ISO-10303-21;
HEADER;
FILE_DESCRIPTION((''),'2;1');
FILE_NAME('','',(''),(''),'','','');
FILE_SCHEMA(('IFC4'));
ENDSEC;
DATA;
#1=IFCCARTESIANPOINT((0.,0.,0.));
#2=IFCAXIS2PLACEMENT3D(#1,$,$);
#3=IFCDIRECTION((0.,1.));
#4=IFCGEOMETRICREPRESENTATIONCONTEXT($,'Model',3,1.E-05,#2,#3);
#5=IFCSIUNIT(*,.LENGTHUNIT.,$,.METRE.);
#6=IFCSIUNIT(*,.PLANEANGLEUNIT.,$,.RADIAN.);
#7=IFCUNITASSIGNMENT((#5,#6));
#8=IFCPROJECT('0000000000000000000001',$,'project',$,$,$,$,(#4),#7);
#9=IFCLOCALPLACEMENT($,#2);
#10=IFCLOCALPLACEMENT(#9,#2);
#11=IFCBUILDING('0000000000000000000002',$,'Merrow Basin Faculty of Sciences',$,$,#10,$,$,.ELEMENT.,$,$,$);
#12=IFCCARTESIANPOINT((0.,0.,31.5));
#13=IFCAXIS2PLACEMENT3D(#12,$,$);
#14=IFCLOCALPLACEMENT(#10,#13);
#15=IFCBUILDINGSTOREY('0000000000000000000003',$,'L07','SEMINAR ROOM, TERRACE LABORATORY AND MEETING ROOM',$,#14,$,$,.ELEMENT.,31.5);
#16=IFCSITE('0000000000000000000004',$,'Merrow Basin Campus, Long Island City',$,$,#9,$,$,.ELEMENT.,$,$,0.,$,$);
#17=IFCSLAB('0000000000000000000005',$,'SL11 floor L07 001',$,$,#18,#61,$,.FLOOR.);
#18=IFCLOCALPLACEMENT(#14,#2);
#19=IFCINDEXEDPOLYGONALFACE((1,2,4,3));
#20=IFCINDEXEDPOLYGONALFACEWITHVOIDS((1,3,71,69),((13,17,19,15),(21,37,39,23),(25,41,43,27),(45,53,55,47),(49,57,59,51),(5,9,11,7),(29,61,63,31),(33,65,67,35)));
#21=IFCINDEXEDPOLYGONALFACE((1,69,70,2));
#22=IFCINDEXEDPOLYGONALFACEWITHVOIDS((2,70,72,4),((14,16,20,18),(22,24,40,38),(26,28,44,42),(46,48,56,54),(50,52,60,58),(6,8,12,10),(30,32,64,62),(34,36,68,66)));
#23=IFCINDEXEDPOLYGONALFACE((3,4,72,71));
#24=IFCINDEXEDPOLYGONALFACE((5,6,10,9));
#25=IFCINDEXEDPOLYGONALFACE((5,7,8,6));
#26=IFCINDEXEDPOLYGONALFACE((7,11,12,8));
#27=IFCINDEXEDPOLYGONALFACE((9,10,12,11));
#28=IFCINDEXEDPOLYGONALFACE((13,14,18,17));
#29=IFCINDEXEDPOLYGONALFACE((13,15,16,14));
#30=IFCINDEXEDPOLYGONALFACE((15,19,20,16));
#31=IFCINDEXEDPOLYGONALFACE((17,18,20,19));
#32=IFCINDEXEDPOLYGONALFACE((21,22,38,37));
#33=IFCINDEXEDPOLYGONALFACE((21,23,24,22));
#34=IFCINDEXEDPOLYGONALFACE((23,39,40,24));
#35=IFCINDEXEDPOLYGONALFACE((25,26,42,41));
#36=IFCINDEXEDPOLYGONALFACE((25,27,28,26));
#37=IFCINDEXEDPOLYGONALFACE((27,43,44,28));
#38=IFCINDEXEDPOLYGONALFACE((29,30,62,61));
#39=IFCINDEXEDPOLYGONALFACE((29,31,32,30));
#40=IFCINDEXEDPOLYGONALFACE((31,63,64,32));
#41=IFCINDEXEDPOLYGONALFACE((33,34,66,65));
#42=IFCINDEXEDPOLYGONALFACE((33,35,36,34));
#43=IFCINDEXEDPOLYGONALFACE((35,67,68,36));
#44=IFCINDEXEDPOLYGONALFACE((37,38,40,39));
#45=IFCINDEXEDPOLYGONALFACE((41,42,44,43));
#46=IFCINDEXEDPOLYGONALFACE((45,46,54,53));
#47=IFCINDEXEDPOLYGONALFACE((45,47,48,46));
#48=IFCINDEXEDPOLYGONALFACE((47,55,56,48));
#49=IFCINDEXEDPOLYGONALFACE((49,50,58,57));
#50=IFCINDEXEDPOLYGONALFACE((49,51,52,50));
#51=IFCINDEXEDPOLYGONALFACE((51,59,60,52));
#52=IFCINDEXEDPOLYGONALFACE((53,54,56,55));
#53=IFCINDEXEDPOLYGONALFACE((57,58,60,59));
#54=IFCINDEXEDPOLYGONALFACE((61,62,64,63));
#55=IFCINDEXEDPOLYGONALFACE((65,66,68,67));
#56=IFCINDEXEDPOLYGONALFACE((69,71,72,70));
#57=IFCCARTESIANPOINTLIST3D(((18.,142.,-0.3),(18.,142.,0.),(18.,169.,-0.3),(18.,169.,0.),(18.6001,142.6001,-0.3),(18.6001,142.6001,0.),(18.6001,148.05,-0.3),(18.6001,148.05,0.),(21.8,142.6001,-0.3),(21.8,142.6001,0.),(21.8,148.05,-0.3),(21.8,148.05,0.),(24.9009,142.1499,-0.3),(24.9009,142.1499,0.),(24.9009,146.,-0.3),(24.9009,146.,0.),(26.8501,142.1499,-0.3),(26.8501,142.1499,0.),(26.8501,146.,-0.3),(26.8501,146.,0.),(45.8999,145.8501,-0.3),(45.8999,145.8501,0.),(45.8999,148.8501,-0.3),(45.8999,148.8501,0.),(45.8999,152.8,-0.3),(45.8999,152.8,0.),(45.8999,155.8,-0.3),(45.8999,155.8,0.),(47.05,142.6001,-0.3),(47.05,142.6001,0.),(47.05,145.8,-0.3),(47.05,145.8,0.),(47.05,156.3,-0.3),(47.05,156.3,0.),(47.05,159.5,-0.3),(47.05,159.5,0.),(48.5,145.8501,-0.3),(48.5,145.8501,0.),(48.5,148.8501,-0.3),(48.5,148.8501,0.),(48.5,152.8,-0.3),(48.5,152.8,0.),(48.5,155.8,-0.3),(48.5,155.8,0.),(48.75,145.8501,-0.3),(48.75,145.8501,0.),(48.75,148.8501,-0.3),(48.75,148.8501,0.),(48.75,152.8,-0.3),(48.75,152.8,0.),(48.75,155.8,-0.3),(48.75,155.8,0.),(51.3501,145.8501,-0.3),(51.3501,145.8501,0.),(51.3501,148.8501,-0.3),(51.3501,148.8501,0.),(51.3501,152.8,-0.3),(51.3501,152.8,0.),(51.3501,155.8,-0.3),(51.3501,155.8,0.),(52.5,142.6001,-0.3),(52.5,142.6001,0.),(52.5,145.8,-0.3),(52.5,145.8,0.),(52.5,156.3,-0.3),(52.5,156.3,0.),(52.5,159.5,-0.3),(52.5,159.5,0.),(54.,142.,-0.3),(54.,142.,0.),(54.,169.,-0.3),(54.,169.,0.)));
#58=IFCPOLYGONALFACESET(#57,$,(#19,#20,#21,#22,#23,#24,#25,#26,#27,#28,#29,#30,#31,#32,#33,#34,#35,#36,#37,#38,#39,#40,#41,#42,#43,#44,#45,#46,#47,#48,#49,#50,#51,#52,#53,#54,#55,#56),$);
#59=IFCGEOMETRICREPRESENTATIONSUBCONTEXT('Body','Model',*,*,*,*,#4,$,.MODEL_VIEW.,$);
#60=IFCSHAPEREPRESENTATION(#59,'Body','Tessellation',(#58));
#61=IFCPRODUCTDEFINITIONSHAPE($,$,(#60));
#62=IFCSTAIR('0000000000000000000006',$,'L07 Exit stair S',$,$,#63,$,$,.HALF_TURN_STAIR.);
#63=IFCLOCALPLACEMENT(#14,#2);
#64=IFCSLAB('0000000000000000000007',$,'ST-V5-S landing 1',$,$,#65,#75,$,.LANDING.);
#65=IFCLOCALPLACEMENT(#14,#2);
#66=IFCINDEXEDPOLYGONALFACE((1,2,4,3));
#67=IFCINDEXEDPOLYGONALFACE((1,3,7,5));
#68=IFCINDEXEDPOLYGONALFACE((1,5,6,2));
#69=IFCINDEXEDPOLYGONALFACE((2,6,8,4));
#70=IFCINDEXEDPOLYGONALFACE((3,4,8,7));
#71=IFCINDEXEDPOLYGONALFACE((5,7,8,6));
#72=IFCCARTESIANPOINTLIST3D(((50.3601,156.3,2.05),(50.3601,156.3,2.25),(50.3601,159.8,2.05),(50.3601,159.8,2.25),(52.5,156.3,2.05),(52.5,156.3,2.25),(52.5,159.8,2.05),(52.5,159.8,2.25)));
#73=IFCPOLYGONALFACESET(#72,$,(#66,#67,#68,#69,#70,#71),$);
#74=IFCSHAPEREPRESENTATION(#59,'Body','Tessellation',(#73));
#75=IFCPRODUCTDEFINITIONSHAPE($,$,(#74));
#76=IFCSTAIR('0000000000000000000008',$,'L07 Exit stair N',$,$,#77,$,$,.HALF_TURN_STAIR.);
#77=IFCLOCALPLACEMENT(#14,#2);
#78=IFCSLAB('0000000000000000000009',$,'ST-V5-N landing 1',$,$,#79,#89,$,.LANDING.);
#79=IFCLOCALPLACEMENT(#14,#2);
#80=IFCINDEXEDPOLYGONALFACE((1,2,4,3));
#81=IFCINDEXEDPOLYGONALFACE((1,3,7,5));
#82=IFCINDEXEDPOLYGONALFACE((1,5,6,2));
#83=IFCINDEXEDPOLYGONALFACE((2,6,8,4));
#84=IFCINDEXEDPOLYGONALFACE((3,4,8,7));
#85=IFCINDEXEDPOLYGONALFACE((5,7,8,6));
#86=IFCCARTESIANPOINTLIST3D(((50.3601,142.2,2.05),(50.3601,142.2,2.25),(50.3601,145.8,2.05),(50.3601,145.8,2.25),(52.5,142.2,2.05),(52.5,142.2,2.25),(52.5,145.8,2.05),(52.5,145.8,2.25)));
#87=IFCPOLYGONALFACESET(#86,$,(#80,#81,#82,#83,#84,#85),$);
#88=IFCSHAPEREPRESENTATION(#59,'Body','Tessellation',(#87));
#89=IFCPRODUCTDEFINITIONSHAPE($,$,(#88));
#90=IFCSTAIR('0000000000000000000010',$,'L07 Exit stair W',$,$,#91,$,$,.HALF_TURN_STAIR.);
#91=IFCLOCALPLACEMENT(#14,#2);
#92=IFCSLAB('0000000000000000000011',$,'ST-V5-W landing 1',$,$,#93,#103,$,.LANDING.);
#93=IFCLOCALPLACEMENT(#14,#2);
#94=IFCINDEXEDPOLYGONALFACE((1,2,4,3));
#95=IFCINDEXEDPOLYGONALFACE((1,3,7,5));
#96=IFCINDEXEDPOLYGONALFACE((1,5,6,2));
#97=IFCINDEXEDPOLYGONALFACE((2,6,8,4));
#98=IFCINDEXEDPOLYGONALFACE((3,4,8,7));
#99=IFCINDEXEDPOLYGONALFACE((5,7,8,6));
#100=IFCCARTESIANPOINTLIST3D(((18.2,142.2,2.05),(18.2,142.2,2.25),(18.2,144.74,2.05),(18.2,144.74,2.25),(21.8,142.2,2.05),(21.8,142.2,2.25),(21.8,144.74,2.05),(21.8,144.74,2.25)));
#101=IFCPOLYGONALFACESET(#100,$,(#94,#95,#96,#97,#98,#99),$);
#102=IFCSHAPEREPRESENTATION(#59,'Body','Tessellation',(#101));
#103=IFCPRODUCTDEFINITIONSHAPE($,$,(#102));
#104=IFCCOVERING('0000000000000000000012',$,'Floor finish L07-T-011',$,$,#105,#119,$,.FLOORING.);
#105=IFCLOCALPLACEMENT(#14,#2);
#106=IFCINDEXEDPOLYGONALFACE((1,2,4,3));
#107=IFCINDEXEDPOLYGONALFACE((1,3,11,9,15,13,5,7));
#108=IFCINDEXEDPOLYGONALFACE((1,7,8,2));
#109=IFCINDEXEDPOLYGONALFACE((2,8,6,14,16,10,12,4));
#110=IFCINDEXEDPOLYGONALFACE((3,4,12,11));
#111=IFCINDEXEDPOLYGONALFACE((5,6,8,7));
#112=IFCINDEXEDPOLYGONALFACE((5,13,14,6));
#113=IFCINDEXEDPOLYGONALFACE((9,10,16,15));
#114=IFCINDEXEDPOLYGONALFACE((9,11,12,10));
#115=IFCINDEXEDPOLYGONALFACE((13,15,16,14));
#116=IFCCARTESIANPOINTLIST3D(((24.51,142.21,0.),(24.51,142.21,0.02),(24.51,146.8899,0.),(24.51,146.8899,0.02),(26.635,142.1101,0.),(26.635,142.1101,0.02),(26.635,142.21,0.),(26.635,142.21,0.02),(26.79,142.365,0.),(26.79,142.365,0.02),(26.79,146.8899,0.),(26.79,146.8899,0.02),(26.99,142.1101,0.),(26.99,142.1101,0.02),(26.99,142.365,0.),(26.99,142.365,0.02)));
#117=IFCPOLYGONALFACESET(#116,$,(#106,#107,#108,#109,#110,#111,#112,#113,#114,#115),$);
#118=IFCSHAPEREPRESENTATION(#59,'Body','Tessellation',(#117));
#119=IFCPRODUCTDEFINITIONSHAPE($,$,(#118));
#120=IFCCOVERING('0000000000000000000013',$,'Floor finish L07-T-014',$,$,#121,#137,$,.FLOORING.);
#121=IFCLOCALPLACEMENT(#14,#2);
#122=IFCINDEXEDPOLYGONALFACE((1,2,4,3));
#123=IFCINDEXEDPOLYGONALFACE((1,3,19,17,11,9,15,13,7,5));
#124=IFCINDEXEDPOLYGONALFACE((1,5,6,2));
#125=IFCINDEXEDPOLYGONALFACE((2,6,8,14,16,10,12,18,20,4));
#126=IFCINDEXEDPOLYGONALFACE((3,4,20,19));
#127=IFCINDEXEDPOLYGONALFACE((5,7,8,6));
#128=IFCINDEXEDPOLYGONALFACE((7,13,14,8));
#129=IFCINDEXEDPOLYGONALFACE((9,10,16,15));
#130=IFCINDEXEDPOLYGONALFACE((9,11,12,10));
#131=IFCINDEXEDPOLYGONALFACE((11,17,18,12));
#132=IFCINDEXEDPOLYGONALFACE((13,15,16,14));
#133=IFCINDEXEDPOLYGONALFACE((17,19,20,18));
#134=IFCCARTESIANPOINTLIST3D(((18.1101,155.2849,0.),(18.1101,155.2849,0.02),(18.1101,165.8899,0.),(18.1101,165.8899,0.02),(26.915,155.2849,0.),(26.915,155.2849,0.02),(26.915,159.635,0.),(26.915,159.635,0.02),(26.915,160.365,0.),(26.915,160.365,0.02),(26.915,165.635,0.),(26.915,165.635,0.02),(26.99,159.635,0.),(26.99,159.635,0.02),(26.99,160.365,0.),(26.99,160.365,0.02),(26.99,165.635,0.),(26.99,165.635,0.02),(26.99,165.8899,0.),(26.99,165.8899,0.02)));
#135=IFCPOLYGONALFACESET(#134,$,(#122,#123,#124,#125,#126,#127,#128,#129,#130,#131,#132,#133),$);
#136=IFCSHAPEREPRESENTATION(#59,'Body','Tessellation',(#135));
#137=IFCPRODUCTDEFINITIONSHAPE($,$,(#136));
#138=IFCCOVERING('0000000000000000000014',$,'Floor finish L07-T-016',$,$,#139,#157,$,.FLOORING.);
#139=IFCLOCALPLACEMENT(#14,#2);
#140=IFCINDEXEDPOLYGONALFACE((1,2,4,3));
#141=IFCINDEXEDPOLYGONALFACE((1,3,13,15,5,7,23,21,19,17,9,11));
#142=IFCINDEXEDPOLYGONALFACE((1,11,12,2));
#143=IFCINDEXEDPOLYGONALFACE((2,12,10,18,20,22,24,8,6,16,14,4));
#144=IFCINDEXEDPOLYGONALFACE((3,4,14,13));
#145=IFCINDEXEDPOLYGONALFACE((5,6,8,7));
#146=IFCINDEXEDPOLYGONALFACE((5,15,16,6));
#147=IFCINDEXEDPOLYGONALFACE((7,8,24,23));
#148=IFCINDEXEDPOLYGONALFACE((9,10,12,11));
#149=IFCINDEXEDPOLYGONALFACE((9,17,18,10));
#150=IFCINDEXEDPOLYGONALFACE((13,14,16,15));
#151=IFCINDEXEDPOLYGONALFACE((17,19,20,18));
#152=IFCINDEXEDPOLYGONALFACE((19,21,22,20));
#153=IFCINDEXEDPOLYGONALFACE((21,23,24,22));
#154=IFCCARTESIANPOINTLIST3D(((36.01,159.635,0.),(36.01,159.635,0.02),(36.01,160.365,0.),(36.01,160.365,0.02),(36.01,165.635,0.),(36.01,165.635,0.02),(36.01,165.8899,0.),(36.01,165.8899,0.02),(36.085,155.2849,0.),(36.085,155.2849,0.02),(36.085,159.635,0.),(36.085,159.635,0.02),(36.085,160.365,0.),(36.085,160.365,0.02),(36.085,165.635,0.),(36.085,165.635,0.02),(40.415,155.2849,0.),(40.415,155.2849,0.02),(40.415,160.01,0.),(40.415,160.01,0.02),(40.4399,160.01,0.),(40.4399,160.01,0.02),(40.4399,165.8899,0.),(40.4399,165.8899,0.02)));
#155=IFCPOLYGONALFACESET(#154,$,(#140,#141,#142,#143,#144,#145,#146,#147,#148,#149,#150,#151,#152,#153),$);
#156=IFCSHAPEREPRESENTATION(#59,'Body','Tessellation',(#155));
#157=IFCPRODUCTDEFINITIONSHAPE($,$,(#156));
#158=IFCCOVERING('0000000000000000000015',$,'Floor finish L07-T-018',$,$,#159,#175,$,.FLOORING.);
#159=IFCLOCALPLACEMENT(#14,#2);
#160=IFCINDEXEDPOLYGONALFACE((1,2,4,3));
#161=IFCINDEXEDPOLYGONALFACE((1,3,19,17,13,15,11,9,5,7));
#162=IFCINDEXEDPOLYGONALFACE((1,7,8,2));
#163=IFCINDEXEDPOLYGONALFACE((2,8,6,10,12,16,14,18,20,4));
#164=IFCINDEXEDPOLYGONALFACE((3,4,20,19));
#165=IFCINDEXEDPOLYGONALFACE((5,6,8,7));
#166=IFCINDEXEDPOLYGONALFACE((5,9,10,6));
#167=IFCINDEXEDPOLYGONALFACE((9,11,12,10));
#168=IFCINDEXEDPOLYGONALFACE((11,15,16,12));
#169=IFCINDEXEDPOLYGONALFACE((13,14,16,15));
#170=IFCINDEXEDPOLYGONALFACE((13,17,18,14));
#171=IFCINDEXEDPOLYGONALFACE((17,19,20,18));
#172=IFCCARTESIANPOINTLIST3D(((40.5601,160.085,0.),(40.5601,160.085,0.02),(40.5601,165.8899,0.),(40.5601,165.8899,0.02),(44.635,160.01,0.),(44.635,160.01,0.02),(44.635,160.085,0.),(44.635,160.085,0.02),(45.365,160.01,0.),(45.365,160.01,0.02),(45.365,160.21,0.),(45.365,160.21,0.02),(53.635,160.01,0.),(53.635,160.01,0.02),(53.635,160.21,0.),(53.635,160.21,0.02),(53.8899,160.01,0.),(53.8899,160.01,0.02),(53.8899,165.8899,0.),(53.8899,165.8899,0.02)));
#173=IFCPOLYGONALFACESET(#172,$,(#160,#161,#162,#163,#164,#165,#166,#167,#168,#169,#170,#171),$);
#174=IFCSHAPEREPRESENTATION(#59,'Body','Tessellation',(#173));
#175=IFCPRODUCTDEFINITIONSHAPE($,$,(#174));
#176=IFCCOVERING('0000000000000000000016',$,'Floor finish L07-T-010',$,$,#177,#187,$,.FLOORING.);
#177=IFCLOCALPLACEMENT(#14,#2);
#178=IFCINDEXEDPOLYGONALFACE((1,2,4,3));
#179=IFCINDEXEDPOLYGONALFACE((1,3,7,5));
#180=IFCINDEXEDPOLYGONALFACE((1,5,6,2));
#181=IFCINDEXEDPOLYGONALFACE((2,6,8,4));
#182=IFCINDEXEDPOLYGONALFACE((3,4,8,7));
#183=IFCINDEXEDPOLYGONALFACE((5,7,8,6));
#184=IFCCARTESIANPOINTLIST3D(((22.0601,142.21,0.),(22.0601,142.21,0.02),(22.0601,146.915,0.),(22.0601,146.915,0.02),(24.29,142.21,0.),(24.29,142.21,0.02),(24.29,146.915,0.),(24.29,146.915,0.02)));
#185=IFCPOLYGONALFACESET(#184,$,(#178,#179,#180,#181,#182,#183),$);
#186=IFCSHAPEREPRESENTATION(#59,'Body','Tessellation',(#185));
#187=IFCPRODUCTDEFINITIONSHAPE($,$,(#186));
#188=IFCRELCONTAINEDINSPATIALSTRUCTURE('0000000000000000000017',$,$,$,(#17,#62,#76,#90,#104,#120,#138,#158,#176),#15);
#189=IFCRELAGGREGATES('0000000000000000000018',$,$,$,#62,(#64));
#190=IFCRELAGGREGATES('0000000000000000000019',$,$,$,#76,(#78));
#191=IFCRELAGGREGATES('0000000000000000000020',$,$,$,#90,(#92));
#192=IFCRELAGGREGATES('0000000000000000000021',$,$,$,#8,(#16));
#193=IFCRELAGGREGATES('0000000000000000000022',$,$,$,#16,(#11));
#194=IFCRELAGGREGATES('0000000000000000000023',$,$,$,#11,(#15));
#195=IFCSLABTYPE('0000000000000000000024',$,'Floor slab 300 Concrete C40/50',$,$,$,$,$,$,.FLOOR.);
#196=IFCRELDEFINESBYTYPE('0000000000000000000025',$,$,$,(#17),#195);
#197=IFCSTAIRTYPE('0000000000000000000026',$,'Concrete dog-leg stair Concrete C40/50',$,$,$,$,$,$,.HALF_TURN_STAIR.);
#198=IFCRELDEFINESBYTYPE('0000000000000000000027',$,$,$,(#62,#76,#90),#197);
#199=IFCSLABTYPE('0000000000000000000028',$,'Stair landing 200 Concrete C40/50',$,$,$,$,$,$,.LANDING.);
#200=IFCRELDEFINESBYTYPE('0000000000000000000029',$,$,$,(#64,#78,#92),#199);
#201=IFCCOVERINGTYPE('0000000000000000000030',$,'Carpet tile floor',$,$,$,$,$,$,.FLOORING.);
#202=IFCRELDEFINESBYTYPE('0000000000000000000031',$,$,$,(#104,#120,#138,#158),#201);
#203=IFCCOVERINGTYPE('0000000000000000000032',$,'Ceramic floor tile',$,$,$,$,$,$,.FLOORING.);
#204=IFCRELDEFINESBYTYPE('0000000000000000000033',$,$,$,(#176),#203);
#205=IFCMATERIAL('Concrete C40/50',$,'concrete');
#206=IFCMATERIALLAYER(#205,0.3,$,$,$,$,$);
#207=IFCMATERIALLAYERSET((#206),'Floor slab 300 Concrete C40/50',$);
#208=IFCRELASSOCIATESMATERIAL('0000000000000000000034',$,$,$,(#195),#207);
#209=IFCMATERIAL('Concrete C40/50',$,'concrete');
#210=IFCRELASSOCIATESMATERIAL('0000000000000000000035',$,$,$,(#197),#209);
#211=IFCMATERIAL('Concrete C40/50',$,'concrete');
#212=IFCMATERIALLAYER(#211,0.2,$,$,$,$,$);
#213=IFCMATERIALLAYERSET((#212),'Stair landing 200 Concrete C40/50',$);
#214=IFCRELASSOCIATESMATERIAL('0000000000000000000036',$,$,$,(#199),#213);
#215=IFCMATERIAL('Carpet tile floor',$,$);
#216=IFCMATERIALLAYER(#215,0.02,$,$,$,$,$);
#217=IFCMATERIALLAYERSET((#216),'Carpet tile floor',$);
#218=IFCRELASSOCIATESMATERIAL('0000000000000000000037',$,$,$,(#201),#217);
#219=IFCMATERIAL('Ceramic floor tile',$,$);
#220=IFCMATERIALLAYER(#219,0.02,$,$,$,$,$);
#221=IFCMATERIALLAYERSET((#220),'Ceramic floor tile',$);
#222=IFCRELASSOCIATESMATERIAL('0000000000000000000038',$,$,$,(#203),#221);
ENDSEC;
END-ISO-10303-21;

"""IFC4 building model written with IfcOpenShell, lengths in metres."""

from ifc_helpers import new_model, si_unit, direction, frame, origin, place, context, subcontext, project, spatial, polyline, outline, extrude, material, layer, layer_set, type_object, element, aggregate, save


model = new_model("IFC4")

# Units and contexts
model_context = context("Model", 3, precision=1e-05, world=origin(), true_north=direction((0.0, 1.0)))
body_context = subcontext(model_context, "Body", "Model", "MODEL_VIEW")
ifc_project = project(units=[si_unit("LENGTHUNIT", "METRE"), si_unit("PLANEANGLEUNIT", "RADIAN")], contexts=[model_context])

# Site, building, storey
site_placement = place(None, origin())
site = spatial("IfcSite", under=ifc_project, at=site_placement, Name="Merrow Basin Campus, Long Island City", CompositionType="ELEMENT", RefElevation=0.0)
building_placement = place(site_placement, origin())
building = spatial("IfcBuilding", under=site, at=building_placement, Name="Merrow Basin Faculty of Sciences", CompositionType="ELEMENT")
storey_placement = place(building_placement, frame((0.0, 0.0, 31.5)))
storey = spatial("IfcBuildingStorey", under=building, at=storey_placement, Name="L07", Description="SEMINAR ROOM, TERRACE LABORATORY AND MEETING ROOM", CompositionType="ELEMENT", Elevation=31.5)

# Slab
ifc_material_1 = material(Name="Concrete C40/50", Category="concrete")
ifc_layer_1 = layer(ifc_material_1, 0.3)
ifc_layer_set_1 = layer_set([ifc_layer_1], Name="Floor slab 300 Concrete C40/50")
slab_type_1 = type_object("IfcSlabType", Name="Floor slab 300 Concrete C40/50", PredefinedType="FLOOR", material=ifc_layer_set_1)
slab_1_placement = place(storey_placement, frame((0.0, 0.0, -0.3)))
element("IfcSlab", 1, at=slab_1_placement, inside=storey, type_object=slab_type_1, Name="SL11 floor L07 001", PredefinedType="FLOOR", context=body_context, shape_type="SweptSolid", body=[
    extrude(outline(polyline([(18.0, 169.0), (54.0, 169.0), (54.0, 142.0), (18.0, 142.0), (18.0, 169.0)]), holes=[polyline([(47.05, 142.6001), (52.5, 142.6001), (52.5, 145.8), (47.05, 145.8), (47.05, 142.6001)]), polyline([(47.05, 156.3), (52.5, 156.3), (52.5, 159.5), (47.05, 159.5), (47.05, 156.3)]), polyline([(48.75, 145.8501), (51.3501, 145.8501), (51.3501, 148.8501), (48.75, 148.8501), (48.75, 145.8501)]), polyline([(48.75, 152.8), (51.3501, 152.8), (51.3501, 155.8), (48.75, 155.8), (48.75, 152.8)]), polyline([(45.8999, 145.8501), (48.5, 145.8501), (48.5, 148.8501), (45.8999, 148.8501), (45.8999, 145.8501)]), polyline([(45.8999, 152.8), (48.5, 152.8), (48.5, 155.8), (45.8999, 155.8), (45.8999, 152.8)]), polyline([(24.9009, 142.1499), (26.8501, 142.1499), (26.8501, 146.0), (24.9009, 146.0), (24.9009, 142.1499)]), polyline([(18.6001, 142.6001), (21.8, 142.6001), (21.8, 148.05), (18.6001, 148.05), (18.6001, 142.6001)])]), origin(), (0.0, 0.0, 1.0), 0.3),
])

# Stairs, slabs
ifc_material_2 = material(Name="Concrete C40/50", Category="concrete")
stair_type = type_object("IfcStairType", Name="Concrete dog-leg stair Concrete C40/50", PredefinedType="HALF_TURN_STAIR", material=ifc_material_2)
stair_1_placement = place(storey_placement, origin())
stair_1 = element("IfcStair", 2, at=stair_1_placement, inside=storey, type_object=stair_type, Name="L07 Exit stair S", PredefinedType="HALF_TURN_STAIR")
ifc_material_3 = material(Name="Concrete C40/50", Category="concrete")
ifc_layer_2 = layer(ifc_material_3, 0.2)
ifc_layer_set_2 = layer_set([ifc_layer_2], Name="Stair landing 200 Concrete C40/50")
slab_type_2 = type_object("IfcSlabType", Name="Stair landing 200 Concrete C40/50", PredefinedType="LANDING", material=ifc_layer_set_2)
slab_2_placement = place(storey_placement, frame((0.0, 0.0, 2.05)))
slab_2 = element("IfcSlab", 3, at=slab_2_placement, type_object=slab_type_2, Name="ST-V5-S landing 1", PredefinedType="LANDING", context=body_context, shape_type="SweptSolid", body=[
    extrude(outline(polyline([(50.3601, 156.3), (52.5, 156.3), (52.5, 159.8), (50.3601, 159.8), (50.3601, 156.3)])), origin(), (0.0, 0.0, 1.0), 0.2),
])
aggregate(stair_1, [slab_2])
stair_2_placement = place(storey_placement, origin())
stair_2 = element("IfcStair", 4, at=stair_2_placement, inside=storey, type_object=stair_type, Name="L07 Exit stair N", PredefinedType="HALF_TURN_STAIR")
slab_3_placement = place(storey_placement, frame((0.0, 0.0, 2.05)))
slab_3 = element("IfcSlab", 5, at=slab_3_placement, type_object=slab_type_2, Name="ST-V5-N landing 1", PredefinedType="LANDING", context=body_context, shape_type="SweptSolid", body=[
    extrude(outline(polyline([(50.3601, 142.2), (52.5, 142.2), (52.5, 145.8), (50.3601, 145.8), (50.3601, 142.2)])), origin(), (0.0, 0.0, 1.0), 0.2),
])
aggregate(stair_2, [slab_3])
stair_3_placement = place(storey_placement, origin())
stair_3 = element("IfcStair", 6, at=stair_3_placement, inside=storey, type_object=stair_type, Name="L07 Exit stair W", PredefinedType="HALF_TURN_STAIR")
slab_4_placement = place(storey_placement, frame((0.0, 0.0, 2.05)))
slab_4 = element("IfcSlab", 7, at=slab_4_placement, type_object=slab_type_2, Name="ST-V5-W landing 1", PredefinedType="LANDING", context=body_context, shape_type="SweptSolid", body=[
    extrude(outline(polyline([(18.2, 142.2), (21.8, 142.2), (21.8, 144.74), (18.2, 144.74), (18.2, 142.2)])), origin(), (0.0, 0.0, 1.0), 0.2),
])
aggregate(stair_3, [slab_4])

# Coverings
ifc_material_4 = material(Name="Carpet tile floor")
ifc_layer_3 = layer(ifc_material_4, 0.02)
ifc_layer_set_3 = layer_set([ifc_layer_3], Name="Carpet tile floor")
covering_type_1 = type_object("IfcCoveringType", Name="Carpet tile floor", PredefinedType="FLOORING", material=ifc_layer_set_3)
covering_1_placement = place(storey_placement, origin())
element("IfcCovering", 8, at=covering_1_placement, inside=storey, type_object=covering_type_1, Name="Floor finish L07-T-011", PredefinedType="FLOORING", context=body_context, shape_type="SweptSolid", body=[
    extrude(outline(polyline([(26.99, 142.1101), (26.635, 142.1101), (26.635, 142.21), (24.51, 142.21), (24.51, 146.8899), (26.79, 146.8899), (26.79, 142.365), (26.99, 142.365), (26.99, 142.1101)])), origin(), (0.0, 0.0, 1.0), 0.02),
])
covering_2_placement = place(storey_placement, origin())
element("IfcCovering", 9, at=covering_2_placement, inside=storey, type_object=covering_type_1, Name="Floor finish L07-T-014", PredefinedType="FLOORING", context=body_context, shape_type="SweptSolid", body=[
    extrude(outline(polyline([(18.1101, 165.8899), (26.99, 165.8899), (26.99, 165.635), (26.915, 165.635), (26.915, 160.365), (26.99, 160.365), (26.99, 159.635), (26.915, 159.635), (26.915, 155.2849), (18.1101, 155.2849), (18.1101, 165.8899)])), origin(), (0.0, 0.0, 1.0), 0.02),
])
covering_3_placement = place(storey_placement, origin())
element("IfcCovering", 10, at=covering_3_placement, inside=storey, type_object=covering_type_1, Name="Floor finish L07-T-016", PredefinedType="FLOORING", context=body_context, shape_type="SweptSolid", body=[
    extrude(outline(polyline([(36.01, 160.365), (36.085, 160.365), (36.085, 165.635), (36.01, 165.635), (36.01, 165.8899), (40.4399, 165.8899), (40.4399, 160.01), (40.415, 160.01), (40.415, 155.2849), (36.085, 155.2849), (36.085, 159.635), (36.01, 159.635), (36.01, 160.365)])), origin(), (0.0, 0.0, 1.0), 0.02),
])
covering_4_placement = place(storey_placement, origin())
element("IfcCovering", 11, at=covering_4_placement, inside=storey, type_object=covering_type_1, Name="Floor finish L07-T-018", PredefinedType="FLOORING", context=body_context, shape_type="SweptSolid", body=[
    extrude(outline(polyline([(53.8899, 165.8899), (53.8899, 160.01), (53.635, 160.01), (53.635, 160.21), (45.365, 160.21), (45.365, 160.01), (44.635, 160.01), (44.635, 160.085), (40.5601, 160.085), (40.5601, 165.8899), (53.8899, 165.8899)])), origin(), (0.0, 0.0, 1.0), 0.02),
])
ifc_material_5 = material(Name="Ceramic floor tile")
ifc_layer_4 = layer(ifc_material_5, 0.02)
ifc_layer_set_4 = layer_set([ifc_layer_4], Name="Ceramic floor tile")
covering_type_2 = type_object("IfcCoveringType", Name="Ceramic floor tile", PredefinedType="FLOORING", material=ifc_layer_set_4)
covering_5_placement = place(storey_placement, origin())
element("IfcCovering", 12, at=covering_5_placement, inside=storey, type_object=covering_type_2, Name="Floor finish L07-T-010", PredefinedType="FLOORING", context=body_context, shape_type="SweptSolid", body=[
    extrude(outline(polyline([(24.29, 142.21), (22.0601, 142.21), (22.0601, 146.915), (24.29, 146.915), (24.29, 142.21)])), origin(), (0.0, 0.0, 1.0), 0.02),
])

save(model, "model.ifc")
